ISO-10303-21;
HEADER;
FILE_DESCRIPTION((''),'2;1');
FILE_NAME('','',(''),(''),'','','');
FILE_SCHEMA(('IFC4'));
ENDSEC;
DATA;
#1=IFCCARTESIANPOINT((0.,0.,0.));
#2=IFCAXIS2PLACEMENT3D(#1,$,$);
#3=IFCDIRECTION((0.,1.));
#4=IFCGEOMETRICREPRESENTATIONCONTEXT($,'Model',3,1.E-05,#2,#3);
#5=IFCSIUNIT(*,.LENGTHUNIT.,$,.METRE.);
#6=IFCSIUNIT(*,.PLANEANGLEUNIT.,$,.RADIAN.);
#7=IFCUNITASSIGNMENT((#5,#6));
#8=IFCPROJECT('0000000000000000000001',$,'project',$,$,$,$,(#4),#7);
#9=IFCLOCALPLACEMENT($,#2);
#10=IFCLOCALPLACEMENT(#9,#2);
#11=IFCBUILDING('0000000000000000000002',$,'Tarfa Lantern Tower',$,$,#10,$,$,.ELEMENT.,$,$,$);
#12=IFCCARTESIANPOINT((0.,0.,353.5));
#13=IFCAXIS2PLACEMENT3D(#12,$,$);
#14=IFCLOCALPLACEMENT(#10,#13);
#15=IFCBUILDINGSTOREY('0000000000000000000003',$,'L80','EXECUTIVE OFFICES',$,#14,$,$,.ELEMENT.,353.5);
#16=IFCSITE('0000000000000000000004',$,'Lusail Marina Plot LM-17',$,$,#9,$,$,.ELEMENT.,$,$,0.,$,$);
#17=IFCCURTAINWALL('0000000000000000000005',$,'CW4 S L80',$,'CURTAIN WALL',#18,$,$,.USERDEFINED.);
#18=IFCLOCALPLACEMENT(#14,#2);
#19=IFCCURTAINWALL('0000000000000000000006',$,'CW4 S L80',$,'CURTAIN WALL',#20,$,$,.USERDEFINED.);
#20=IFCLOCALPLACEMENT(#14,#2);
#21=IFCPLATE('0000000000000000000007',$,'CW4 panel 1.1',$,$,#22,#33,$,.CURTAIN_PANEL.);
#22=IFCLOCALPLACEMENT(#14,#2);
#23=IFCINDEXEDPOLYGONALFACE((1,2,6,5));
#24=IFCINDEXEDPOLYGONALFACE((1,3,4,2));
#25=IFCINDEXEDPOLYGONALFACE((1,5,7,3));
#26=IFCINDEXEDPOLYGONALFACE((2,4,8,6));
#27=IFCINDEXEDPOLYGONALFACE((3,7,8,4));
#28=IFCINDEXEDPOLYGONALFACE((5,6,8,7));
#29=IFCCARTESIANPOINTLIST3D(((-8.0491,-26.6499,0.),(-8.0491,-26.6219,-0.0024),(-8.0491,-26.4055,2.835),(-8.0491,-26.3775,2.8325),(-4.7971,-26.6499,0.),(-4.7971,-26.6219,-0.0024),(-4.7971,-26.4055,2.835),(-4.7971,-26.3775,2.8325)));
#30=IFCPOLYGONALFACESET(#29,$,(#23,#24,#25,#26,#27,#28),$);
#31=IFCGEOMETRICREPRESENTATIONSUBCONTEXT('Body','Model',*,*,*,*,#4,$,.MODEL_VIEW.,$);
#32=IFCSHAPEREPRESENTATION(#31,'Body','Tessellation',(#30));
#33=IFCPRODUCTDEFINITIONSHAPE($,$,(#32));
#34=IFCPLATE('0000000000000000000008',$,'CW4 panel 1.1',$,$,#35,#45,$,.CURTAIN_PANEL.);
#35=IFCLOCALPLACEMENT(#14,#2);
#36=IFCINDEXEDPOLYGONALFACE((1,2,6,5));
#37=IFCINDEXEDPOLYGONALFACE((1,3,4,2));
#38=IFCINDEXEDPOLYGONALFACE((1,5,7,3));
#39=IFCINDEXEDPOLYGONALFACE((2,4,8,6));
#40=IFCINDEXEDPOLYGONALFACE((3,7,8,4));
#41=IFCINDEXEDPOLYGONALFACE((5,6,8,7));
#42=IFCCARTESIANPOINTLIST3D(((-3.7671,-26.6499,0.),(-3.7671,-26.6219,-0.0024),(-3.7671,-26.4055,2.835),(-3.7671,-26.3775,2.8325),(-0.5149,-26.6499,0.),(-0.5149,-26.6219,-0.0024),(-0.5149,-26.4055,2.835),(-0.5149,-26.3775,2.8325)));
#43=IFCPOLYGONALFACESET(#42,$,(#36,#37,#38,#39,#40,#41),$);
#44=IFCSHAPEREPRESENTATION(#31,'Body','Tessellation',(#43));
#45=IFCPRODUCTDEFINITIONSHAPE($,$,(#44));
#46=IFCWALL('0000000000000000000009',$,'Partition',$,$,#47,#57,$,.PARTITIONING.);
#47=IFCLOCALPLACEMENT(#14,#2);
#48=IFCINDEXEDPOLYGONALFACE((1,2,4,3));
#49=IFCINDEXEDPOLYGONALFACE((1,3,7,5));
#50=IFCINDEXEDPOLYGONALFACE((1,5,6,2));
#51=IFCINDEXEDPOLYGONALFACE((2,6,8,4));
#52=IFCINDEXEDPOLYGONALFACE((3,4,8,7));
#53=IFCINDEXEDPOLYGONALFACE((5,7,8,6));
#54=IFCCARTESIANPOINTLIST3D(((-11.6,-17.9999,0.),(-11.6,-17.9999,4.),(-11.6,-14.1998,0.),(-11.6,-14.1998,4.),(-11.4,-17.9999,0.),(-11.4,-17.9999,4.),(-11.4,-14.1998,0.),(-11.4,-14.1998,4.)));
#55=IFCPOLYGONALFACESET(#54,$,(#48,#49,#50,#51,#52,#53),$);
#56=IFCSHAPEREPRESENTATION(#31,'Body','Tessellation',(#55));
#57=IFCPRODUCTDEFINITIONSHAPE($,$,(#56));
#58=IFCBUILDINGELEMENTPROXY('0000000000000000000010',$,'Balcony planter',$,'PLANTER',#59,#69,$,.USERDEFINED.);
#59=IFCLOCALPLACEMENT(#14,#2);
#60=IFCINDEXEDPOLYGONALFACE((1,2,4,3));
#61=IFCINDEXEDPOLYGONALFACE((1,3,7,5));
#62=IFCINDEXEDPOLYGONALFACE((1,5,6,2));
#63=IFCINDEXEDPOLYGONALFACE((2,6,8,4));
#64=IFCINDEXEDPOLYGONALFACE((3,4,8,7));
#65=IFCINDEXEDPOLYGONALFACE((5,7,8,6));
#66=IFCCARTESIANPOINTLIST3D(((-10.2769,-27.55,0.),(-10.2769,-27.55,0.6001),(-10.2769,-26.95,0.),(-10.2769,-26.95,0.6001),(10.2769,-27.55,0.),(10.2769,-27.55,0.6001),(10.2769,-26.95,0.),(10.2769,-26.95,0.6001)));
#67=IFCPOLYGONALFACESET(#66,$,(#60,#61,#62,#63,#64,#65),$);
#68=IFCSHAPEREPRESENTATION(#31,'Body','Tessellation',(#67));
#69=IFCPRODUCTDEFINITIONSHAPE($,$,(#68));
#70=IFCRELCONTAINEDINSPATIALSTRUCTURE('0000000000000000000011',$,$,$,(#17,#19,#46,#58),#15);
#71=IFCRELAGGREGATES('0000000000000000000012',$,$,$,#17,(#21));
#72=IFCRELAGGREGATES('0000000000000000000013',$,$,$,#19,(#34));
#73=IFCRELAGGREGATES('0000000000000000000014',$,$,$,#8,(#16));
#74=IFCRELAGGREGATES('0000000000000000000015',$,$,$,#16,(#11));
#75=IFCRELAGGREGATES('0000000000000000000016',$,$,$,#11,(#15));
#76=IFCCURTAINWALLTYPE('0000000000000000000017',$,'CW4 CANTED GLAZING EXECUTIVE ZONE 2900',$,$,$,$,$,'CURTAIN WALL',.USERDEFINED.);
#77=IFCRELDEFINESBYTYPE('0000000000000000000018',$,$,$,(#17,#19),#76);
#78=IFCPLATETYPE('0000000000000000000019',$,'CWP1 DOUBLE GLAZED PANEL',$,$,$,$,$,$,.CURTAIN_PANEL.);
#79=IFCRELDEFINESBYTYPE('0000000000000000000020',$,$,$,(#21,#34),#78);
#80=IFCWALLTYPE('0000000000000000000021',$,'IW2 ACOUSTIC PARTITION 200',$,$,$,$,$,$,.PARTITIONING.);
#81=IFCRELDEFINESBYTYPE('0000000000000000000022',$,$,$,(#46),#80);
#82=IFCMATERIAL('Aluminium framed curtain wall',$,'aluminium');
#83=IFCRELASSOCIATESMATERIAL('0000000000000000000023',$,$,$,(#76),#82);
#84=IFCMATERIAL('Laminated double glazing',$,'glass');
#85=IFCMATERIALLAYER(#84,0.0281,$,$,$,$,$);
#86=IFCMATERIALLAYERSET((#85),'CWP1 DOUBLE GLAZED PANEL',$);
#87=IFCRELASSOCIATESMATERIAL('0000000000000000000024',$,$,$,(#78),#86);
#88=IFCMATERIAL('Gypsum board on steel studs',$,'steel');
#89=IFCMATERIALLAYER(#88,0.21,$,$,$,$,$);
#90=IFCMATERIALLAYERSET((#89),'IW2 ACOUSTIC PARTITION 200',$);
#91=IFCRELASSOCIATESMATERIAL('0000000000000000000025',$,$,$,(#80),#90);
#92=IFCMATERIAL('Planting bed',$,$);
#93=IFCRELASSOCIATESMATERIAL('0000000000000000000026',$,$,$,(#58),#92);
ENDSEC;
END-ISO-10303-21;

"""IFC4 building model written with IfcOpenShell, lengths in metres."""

from ifc_helpers import new_model, si_unit, direction, frame, frame_2d, origin, origin_2d, place, context, subcontext, project, spatial, polyline, rectangle, outline, extrude, material, layer, layer_set, type_object, element, aggregate, save


model = new_model("IFC4")

# Units and contexts
model_context = context("Model", 3, precision=1e-05, world=origin(), true_north=direction((0.0, 1.0)))
body_context = subcontext(model_context, "Body", "Model", "MODEL_VIEW")
ifc_project = project(units=[si_unit("LENGTHUNIT", "METRE"), si_unit("PLANEANGLEUNIT", "RADIAN")], contexts=[model_context])

# Site, building, storey
site_placement = place(None, origin())
site = spatial("IfcSite", under=ifc_project, at=site_placement, Name="Lusail Marina Plot LM-17", CompositionType="ELEMENT", RefElevation=0.0)
building_placement = place(site_placement, origin())
building = spatial("IfcBuilding", under=site, at=building_placement, Name="Tarfa Lantern Tower", CompositionType="ELEMENT")
storey_placement = place(building_placement, frame((0.0, 0.0, 353.5)))
storey = spatial("IfcBuildingStorey", under=building, at=storey_placement, Name="L80", Description="EXECUTIVE OFFICES", CompositionType="ELEMENT", Elevation=353.5)

# Shared definitions
ifc_material_1 = material(Name="Aluminium framed curtain wall", Category="aluminium")
curtain_wall_type = type_object("IfcCurtainWallType", Name="CW4 CANTED GLAZING EXECUTIVE ZONE 2900", ElementType="CURTAIN WALL", PredefinedType="USERDEFINED", material=ifc_material_1)

# Curtain walls
curtain_wall_1_placement = place(storey_placement, origin())
curtain_wall_1 = element("IfcCurtainWall", 1, at=curtain_wall_1_placement, inside=storey, type_object=curtain_wall_type, Name="CW4 S L80", ObjectType="CURTAIN WALL", PredefinedType="USERDEFINED")
curtain_wall_2_placement = place(storey_placement, origin())
curtain_wall_2 = element("IfcCurtainWall", 2, at=curtain_wall_2_placement, inside=storey, type_object=curtain_wall_type, Name="CW4 S L80", ObjectType="CURTAIN WALL", PredefinedType="USERDEFINED")

# Plates
ifc_material_2 = material(Name="Laminated double glazing", Category="glass")
ifc_layer_1 = layer(ifc_material_2, 0.0281)
ifc_layer_set_1 = layer_set([ifc_layer_1], Name="CWP1 DOUBLE GLAZED PANEL")
plate_type = type_object("IfcPlateType", Name="CWP1 DOUBLE GLAZED PANEL", PredefinedType="CURTAIN_PANEL", material=ifc_layer_set_1)
plate_1_placement = place(storey_placement, frame((-8.0491, -26.6499, 0.0), z_axis=(0.0, -0.996305, 0.085885), x_axis=(1.0, 0.0, 0.0)))
plate_1 = element("IfcPlate", 3, at=plate_1_placement, type_object=plate_type, Name="CW4 panel 1.1", PredefinedType="CURTAIN_PANEL", context=body_context, shape_type="SweptSolid", body=[
    extrude(outline(polyline([(0.0, 0.0), (3.252, 0.0), (3.252, 2.8455), (0.0, 2.8455), (0.0, 0.0)])), origin(), (0.0, 0.0, -1.0), 0.0281),
])
aggregate(curtain_wall_1, [plate_1])
plate_2_placement = place(storey_placement, frame((-3.7671, -26.6499, 0.0), z_axis=(0.0, -0.996305, 0.085885), x_axis=(1.0, 0.0, 0.0)))
plate_2 = element("IfcPlate", 4, at=plate_2_placement, type_object=plate_type, Name="CW4 panel 1.1", PredefinedType="CURTAIN_PANEL", context=body_context, shape_type="SweptSolid", body=[
    extrude(outline(polyline([(0.0, 0.0), (3.2522, 0.0), (3.2522, 2.8455), (0.0, 2.8455), (0.0, 0.0)])), origin(), (0.0, 0.0, -1.0), 0.0281),
])
aggregate(curtain_wall_2, [plate_2])

# Wall
ifc_material_3 = material(Name="Gypsum board on steel studs", Category="steel")
ifc_layer_2 = layer(ifc_material_3, 0.21)
ifc_layer_set_2 = layer_set([ifc_layer_2], Name="IW2 ACOUSTIC PARTITION 200")
wall_type = type_object("IfcWallType", Name="IW2 ACOUSTIC PARTITION 200", PredefinedType="PARTITIONING", material=ifc_layer_set_2)
wall_placement = place(storey_placement, frame((-11.5, -14.2, 0.0), z_axis=(0.0, 0.0, 1.0), x_axis=(0.0, -1.0, 0.0)))
element("IfcWall", 5, at=wall_placement, inside=storey, type_object=wall_type, Name="Partition", PredefinedType="PARTITIONING", context=body_context, shape_type="SweptSolid", body=[
    extrude(rectangle(XDim=3.8, YDim=0.2, at=frame_2d((1.8999, 0.0))), origin(), (0.0, 0.0, 1.0), 4.0),
])

# Building element proxy
ifc_material_4 = material(Name="Planting bed")
proxy_placement = place(storey_placement, frame((0.0, -27.25, 0.0), z_axis=(0.0, 0.0, 1.0), x_axis=(1.0, 0.0, 0.0)))
element("IfcBuildingElementProxy", 6, at=proxy_placement, inside=storey, material=ifc_material_4, Name="Balcony planter", ObjectType="PLANTER", PredefinedType="USERDEFINED", context=body_context, shape_type="SweptSolid", body=[
    extrude(rectangle(XDim=20.5537, YDim=0.6001, at=origin_2d()), origin(), (0.0, 0.0, 1.0), 0.6001),
])

save(model, "model.ifc")
